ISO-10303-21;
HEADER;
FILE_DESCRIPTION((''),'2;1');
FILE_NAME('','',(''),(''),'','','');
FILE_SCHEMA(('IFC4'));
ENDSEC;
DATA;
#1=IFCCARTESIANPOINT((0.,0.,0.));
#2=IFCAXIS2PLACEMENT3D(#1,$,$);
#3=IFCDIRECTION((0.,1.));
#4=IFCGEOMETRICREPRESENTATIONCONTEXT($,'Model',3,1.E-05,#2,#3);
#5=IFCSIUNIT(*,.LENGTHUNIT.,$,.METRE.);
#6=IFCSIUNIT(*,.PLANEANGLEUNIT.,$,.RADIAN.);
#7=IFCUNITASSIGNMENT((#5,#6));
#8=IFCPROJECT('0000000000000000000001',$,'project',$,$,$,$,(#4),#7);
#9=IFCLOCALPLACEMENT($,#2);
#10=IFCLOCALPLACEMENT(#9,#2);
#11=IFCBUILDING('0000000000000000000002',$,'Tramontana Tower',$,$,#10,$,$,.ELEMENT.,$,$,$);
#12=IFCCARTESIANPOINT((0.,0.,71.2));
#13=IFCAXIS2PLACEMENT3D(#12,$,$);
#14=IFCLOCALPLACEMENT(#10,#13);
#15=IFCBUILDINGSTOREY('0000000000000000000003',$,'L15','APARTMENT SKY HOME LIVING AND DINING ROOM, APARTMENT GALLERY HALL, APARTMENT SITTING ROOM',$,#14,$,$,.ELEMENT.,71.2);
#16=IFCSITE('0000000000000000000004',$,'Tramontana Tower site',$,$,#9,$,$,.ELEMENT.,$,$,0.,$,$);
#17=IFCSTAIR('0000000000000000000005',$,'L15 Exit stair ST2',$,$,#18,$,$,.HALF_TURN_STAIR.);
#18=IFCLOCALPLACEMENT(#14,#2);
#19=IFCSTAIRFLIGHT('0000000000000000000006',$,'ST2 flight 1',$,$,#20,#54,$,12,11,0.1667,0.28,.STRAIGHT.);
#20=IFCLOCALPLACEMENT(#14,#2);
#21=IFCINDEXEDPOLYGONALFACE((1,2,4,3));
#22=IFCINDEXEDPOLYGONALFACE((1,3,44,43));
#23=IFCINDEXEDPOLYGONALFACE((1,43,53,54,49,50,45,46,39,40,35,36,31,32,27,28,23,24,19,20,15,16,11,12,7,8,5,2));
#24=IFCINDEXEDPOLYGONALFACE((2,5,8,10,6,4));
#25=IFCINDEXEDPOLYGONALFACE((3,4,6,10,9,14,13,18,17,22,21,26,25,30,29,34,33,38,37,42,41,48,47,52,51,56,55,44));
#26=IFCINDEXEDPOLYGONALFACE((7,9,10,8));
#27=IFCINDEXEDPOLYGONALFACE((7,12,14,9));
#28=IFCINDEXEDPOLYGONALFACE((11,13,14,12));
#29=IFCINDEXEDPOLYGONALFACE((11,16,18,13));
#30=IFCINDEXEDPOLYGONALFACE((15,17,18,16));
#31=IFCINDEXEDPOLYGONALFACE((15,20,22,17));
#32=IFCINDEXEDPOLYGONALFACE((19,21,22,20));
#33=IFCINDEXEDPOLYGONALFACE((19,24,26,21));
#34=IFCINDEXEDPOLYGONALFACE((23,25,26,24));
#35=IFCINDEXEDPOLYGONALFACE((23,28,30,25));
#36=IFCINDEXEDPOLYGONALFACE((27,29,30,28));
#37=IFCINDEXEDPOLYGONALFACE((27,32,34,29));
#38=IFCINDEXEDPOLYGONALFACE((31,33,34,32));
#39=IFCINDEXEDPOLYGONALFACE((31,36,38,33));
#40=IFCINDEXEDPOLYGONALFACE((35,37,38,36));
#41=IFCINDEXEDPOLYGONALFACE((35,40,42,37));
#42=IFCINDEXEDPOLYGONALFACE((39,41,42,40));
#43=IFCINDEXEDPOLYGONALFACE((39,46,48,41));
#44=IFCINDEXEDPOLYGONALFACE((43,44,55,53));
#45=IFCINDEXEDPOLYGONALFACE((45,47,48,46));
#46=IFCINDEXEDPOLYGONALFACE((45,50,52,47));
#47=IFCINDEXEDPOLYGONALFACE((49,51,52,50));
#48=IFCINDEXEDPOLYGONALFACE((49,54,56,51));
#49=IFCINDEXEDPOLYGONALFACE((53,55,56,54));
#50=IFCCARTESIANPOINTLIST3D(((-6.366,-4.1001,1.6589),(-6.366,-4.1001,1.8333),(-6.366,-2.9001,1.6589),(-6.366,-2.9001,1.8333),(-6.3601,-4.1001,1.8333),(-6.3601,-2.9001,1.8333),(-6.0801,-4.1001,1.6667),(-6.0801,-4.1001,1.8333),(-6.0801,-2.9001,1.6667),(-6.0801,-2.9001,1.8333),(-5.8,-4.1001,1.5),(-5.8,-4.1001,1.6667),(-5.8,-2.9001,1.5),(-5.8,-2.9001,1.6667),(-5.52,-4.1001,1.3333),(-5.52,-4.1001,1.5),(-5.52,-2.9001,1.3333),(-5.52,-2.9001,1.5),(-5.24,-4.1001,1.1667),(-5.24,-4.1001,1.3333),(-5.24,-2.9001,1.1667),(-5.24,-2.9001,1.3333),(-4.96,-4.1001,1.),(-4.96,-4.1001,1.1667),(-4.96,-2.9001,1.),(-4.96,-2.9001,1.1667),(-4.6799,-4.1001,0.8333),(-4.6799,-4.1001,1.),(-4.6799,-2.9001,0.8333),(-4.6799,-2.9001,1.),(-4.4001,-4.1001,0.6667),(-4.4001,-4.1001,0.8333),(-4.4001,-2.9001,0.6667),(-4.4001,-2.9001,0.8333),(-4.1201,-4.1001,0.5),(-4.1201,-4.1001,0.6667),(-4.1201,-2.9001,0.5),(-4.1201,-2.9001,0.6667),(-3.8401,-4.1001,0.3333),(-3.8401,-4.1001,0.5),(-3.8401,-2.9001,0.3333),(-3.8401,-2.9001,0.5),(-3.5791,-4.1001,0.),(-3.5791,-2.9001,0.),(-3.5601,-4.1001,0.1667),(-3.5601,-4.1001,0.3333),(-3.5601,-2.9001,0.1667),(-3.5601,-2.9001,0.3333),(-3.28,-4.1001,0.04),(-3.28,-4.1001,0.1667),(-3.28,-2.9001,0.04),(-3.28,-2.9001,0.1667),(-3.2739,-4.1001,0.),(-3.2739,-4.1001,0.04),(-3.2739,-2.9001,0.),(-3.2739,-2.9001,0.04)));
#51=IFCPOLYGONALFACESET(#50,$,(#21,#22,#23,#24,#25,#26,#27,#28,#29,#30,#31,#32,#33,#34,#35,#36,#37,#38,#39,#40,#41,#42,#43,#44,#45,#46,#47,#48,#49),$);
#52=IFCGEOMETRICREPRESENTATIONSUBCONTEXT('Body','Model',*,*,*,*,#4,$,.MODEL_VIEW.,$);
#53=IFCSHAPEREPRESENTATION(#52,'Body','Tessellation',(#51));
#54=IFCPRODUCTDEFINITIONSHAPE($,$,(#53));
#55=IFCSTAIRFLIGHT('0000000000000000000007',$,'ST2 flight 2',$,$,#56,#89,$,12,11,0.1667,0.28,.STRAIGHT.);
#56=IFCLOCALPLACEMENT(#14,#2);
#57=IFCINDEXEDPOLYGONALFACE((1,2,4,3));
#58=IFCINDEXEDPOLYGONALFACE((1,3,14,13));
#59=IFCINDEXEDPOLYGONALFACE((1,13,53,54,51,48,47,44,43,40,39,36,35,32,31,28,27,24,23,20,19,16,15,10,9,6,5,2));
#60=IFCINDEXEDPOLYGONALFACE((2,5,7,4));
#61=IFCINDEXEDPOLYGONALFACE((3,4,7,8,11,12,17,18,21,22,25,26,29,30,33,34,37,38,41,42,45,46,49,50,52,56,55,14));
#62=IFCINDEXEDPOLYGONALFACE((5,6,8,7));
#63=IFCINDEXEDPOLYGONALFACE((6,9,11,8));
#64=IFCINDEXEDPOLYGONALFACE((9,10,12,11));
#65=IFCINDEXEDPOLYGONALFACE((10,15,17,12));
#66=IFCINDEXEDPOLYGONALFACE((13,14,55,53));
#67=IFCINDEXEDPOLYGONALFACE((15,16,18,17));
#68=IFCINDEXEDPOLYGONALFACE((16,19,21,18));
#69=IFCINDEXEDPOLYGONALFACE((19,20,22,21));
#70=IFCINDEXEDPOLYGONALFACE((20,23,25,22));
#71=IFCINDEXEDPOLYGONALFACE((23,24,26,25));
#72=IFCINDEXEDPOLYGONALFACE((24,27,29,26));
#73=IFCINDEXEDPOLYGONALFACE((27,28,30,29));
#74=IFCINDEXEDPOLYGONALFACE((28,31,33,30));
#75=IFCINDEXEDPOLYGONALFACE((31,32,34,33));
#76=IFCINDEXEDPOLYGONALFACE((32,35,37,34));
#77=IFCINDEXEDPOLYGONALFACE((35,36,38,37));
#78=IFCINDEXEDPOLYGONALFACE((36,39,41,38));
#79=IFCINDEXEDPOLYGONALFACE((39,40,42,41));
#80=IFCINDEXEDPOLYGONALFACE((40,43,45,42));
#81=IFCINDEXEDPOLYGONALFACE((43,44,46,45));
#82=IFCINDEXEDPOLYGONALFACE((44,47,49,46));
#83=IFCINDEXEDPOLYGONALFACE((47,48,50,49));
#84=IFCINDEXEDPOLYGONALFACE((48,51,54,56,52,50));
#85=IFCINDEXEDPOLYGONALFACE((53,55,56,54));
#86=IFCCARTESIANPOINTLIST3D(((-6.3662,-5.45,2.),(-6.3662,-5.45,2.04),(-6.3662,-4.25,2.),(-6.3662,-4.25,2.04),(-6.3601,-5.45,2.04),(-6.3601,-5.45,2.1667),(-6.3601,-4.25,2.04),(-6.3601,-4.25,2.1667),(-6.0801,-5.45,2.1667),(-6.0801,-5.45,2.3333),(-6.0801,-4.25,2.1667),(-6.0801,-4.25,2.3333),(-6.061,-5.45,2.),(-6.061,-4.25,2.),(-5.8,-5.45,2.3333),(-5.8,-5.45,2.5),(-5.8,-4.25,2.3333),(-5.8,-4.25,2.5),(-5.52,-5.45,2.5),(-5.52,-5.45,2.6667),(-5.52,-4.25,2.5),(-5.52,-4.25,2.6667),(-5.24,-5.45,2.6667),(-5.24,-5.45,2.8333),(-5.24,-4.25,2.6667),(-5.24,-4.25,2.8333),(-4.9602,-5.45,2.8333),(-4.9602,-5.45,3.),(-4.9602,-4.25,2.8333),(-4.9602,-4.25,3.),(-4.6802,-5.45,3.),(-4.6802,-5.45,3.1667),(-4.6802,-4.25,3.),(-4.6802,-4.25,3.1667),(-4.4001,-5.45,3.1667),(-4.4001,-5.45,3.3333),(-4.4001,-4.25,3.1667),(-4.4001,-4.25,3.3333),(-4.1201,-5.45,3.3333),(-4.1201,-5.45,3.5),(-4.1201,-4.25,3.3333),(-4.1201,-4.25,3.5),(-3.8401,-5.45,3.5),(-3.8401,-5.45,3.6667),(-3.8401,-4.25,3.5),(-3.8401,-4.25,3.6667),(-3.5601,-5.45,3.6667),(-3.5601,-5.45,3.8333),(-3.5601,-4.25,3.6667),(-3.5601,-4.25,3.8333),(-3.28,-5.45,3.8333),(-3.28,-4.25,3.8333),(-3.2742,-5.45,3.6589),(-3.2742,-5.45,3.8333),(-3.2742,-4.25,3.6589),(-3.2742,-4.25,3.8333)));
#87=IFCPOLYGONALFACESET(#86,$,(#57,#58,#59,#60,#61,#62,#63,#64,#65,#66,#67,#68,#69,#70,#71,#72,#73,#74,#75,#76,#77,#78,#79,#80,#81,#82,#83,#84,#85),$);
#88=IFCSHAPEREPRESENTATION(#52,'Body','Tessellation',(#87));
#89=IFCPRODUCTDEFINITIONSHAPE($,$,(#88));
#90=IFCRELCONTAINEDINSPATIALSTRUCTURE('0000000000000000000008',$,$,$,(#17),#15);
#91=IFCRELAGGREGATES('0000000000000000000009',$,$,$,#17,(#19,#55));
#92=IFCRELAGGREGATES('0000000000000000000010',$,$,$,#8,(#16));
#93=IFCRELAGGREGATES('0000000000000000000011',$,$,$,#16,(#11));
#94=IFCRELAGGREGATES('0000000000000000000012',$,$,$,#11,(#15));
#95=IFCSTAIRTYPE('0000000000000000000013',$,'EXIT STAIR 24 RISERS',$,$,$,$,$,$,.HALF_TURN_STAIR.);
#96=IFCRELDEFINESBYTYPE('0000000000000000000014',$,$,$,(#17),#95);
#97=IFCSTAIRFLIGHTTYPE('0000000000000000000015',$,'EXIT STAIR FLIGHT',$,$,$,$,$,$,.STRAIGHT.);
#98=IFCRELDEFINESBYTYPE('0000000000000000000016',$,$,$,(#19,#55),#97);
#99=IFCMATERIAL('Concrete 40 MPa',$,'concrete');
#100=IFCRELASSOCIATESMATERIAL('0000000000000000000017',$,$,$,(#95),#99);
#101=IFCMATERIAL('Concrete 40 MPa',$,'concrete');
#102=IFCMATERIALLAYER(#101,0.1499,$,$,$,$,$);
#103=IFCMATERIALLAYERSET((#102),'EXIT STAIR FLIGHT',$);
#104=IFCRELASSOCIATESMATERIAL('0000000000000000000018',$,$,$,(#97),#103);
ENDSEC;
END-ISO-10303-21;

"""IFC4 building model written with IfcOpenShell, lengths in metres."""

from ifc_helpers import new_model, si_unit, direction, frame, origin, place, context, subcontext, project, spatial, polyline, outline, extrude, material, layer, layer_set, type_object, element, aggregate, save


model = new_model("IFC4")

# Units and contexts
model_context = context("Model", 3, precision=1e-05, world=origin(), true_north=direction((0.0, 1.0)))
body_context = subcontext(model_context, "Body", "Model", "MODEL_VIEW")
ifc_project = project(units=[si_unit("LENGTHUNIT", "METRE"), si_unit("PLANEANGLEUNIT", "RADIAN")], contexts=[model_context])

# Site, building, storey
site_placement = place(None, origin())
site = spatial("IfcSite", under=ifc_project, at=site_placement, Name="Tramontana Tower site", CompositionType="ELEMENT", RefElevation=0.0)
building_placement = place(site_placement, origin())
building = spatial("IfcBuilding", under=site, at=building_placement, Name="Tramontana Tower", CompositionType="ELEMENT")
storey_placement = place(building_placement, frame((0.0, 0.0, 71.2)))
storey = spatial("IfcBuildingStorey", under=building, at=storey_placement, Name="L15", Description="APARTMENT SKY HOME LIVING AND DINING ROOM, APARTMENT GALLERY HALL, APARTMENT SITTING ROOM", CompositionType="ELEMENT", Elevation=71.2)

# Stair, stair flights
ifc_material_1 = material(Name="Concrete 40 MPa", Category="concrete")
stair_type = type_object("IfcStairType", Name="EXIT STAIR 24 RISERS", PredefinedType="HALF_TURN_STAIR", material=ifc_material_1)
stair_placement = place(storey_placement, origin())
stair = element("IfcStair", 1, at=stair_placement, inside=storey, type_object=stair_type, Name="L15 Exit stair ST2", PredefinedType="HALF_TURN_STAIR")
ifc_material_2 = material(Name="Concrete 40 MPa", Category="concrete")
ifc_layer_1 = layer(ifc_material_2, 0.1499)
ifc_layer_set_1 = layer_set([ifc_layer_1], Name="EXIT STAIR FLIGHT")
stair_flight_type = type_object("IfcStairFlightType", Name="EXIT STAIR FLIGHT", PredefinedType="STRAIGHT", material=ifc_layer_set_1)
stair_flight_1_placement = place(storey_placement, frame((-3.28, -3.5, 0.0), z_axis=(0.0, 0.0, 1.0), x_axis=(-1.0, 0.0, 0.0)))
stair_flight_1 = element("IfcStairFlight", 2, at=stair_flight_1_placement, type_object=stair_flight_type, Name="ST2 flight 1", NumberOfRisers=12, NumberOfTreads=11, PredefinedType="STRAIGHT", RiserHeight=0.1667, TreadLength=0.28, context=body_context, shape_type="SweptSolid", body=[
    extrude(outline(polyline([(-0.0061, 0.0), (-0.0061, 0.04), (0.0, 0.04), (0.0, 0.1667), (0.28, 0.1667), (0.28, 0.3333), (0.5601, 0.3333), (0.5601, 0.5), (0.8401, 0.5), (0.8401, 0.6667), (1.1201, 0.6667), (1.1201, 0.8333), (1.3999, 0.8333), (1.3999, 1.0), (1.6799, 1.0), (1.6799, 1.1667), (1.96, 1.1667), (1.96, 1.3333), (2.24, 1.3333), (2.24, 1.5), (2.52, 1.5), (2.52, 1.6667), (2.8, 1.6667), (2.8, 1.8333), (3.0801, 1.8333), (3.0859, 1.8333), (3.0859, 1.6589), (0.2991, 0.0), (-0.0061, 0.0)])), frame((0.0, 0.6001, 0.0), z_axis=(0.0, -1.0, 0.0), x_axis=(1.0, 0.0, 0.0)), (0.0, 0.0, 1.0), 1.2),
])
stair_flight_2_placement = place(storey_placement, frame((-6.3601, -4.8501, 2.0), z_axis=(0.0, 0.0, 1.0), x_axis=(1.0, 0.0, 0.0)))
stair_flight_2 = element("IfcStairFlight", 3, at=stair_flight_2_placement, type_object=stair_flight_type, Name="ST2 flight 2", NumberOfRisers=12, NumberOfTreads=11, PredefinedType="STRAIGHT", RiserHeight=0.1667, TreadLength=0.28, context=body_context, shape_type="SweptSolid", body=[
    extrude(outline(polyline([(-0.0061, 0.0), (-0.0061, 0.04), (0.0, 0.04), (0.0, 0.1667), (0.28, 0.1667), (0.28, 0.3333), (0.5601, 0.3333), (0.5601, 0.5), (0.8401, 0.5), (0.8401, 0.6667), (1.1201, 0.6667), (1.1201, 0.8333), (1.3999, 0.8333), (1.3999, 1.0), (1.6799, 1.0), (1.6799, 1.1667), (1.96, 1.1667), (1.96, 1.3333), (2.24, 1.3333), (2.24, 1.5), (2.52, 1.5), (2.52, 1.6667), (2.8, 1.6667), (2.8, 1.8333), (3.0801, 1.8333), (3.0859, 1.8333), (3.0859, 1.6589), (0.2991, 0.0), (-0.0061, 0.0)])), frame((0.0, 0.6001, 0.0), z_axis=(0.0, -1.0, 0.0), x_axis=(1.0, 0.0, 0.0)), (0.0, 0.0, 1.0), 1.2),
])
aggregate(stair, [stair_flight_1, stair_flight_2])

save(model, "model.ifc")
